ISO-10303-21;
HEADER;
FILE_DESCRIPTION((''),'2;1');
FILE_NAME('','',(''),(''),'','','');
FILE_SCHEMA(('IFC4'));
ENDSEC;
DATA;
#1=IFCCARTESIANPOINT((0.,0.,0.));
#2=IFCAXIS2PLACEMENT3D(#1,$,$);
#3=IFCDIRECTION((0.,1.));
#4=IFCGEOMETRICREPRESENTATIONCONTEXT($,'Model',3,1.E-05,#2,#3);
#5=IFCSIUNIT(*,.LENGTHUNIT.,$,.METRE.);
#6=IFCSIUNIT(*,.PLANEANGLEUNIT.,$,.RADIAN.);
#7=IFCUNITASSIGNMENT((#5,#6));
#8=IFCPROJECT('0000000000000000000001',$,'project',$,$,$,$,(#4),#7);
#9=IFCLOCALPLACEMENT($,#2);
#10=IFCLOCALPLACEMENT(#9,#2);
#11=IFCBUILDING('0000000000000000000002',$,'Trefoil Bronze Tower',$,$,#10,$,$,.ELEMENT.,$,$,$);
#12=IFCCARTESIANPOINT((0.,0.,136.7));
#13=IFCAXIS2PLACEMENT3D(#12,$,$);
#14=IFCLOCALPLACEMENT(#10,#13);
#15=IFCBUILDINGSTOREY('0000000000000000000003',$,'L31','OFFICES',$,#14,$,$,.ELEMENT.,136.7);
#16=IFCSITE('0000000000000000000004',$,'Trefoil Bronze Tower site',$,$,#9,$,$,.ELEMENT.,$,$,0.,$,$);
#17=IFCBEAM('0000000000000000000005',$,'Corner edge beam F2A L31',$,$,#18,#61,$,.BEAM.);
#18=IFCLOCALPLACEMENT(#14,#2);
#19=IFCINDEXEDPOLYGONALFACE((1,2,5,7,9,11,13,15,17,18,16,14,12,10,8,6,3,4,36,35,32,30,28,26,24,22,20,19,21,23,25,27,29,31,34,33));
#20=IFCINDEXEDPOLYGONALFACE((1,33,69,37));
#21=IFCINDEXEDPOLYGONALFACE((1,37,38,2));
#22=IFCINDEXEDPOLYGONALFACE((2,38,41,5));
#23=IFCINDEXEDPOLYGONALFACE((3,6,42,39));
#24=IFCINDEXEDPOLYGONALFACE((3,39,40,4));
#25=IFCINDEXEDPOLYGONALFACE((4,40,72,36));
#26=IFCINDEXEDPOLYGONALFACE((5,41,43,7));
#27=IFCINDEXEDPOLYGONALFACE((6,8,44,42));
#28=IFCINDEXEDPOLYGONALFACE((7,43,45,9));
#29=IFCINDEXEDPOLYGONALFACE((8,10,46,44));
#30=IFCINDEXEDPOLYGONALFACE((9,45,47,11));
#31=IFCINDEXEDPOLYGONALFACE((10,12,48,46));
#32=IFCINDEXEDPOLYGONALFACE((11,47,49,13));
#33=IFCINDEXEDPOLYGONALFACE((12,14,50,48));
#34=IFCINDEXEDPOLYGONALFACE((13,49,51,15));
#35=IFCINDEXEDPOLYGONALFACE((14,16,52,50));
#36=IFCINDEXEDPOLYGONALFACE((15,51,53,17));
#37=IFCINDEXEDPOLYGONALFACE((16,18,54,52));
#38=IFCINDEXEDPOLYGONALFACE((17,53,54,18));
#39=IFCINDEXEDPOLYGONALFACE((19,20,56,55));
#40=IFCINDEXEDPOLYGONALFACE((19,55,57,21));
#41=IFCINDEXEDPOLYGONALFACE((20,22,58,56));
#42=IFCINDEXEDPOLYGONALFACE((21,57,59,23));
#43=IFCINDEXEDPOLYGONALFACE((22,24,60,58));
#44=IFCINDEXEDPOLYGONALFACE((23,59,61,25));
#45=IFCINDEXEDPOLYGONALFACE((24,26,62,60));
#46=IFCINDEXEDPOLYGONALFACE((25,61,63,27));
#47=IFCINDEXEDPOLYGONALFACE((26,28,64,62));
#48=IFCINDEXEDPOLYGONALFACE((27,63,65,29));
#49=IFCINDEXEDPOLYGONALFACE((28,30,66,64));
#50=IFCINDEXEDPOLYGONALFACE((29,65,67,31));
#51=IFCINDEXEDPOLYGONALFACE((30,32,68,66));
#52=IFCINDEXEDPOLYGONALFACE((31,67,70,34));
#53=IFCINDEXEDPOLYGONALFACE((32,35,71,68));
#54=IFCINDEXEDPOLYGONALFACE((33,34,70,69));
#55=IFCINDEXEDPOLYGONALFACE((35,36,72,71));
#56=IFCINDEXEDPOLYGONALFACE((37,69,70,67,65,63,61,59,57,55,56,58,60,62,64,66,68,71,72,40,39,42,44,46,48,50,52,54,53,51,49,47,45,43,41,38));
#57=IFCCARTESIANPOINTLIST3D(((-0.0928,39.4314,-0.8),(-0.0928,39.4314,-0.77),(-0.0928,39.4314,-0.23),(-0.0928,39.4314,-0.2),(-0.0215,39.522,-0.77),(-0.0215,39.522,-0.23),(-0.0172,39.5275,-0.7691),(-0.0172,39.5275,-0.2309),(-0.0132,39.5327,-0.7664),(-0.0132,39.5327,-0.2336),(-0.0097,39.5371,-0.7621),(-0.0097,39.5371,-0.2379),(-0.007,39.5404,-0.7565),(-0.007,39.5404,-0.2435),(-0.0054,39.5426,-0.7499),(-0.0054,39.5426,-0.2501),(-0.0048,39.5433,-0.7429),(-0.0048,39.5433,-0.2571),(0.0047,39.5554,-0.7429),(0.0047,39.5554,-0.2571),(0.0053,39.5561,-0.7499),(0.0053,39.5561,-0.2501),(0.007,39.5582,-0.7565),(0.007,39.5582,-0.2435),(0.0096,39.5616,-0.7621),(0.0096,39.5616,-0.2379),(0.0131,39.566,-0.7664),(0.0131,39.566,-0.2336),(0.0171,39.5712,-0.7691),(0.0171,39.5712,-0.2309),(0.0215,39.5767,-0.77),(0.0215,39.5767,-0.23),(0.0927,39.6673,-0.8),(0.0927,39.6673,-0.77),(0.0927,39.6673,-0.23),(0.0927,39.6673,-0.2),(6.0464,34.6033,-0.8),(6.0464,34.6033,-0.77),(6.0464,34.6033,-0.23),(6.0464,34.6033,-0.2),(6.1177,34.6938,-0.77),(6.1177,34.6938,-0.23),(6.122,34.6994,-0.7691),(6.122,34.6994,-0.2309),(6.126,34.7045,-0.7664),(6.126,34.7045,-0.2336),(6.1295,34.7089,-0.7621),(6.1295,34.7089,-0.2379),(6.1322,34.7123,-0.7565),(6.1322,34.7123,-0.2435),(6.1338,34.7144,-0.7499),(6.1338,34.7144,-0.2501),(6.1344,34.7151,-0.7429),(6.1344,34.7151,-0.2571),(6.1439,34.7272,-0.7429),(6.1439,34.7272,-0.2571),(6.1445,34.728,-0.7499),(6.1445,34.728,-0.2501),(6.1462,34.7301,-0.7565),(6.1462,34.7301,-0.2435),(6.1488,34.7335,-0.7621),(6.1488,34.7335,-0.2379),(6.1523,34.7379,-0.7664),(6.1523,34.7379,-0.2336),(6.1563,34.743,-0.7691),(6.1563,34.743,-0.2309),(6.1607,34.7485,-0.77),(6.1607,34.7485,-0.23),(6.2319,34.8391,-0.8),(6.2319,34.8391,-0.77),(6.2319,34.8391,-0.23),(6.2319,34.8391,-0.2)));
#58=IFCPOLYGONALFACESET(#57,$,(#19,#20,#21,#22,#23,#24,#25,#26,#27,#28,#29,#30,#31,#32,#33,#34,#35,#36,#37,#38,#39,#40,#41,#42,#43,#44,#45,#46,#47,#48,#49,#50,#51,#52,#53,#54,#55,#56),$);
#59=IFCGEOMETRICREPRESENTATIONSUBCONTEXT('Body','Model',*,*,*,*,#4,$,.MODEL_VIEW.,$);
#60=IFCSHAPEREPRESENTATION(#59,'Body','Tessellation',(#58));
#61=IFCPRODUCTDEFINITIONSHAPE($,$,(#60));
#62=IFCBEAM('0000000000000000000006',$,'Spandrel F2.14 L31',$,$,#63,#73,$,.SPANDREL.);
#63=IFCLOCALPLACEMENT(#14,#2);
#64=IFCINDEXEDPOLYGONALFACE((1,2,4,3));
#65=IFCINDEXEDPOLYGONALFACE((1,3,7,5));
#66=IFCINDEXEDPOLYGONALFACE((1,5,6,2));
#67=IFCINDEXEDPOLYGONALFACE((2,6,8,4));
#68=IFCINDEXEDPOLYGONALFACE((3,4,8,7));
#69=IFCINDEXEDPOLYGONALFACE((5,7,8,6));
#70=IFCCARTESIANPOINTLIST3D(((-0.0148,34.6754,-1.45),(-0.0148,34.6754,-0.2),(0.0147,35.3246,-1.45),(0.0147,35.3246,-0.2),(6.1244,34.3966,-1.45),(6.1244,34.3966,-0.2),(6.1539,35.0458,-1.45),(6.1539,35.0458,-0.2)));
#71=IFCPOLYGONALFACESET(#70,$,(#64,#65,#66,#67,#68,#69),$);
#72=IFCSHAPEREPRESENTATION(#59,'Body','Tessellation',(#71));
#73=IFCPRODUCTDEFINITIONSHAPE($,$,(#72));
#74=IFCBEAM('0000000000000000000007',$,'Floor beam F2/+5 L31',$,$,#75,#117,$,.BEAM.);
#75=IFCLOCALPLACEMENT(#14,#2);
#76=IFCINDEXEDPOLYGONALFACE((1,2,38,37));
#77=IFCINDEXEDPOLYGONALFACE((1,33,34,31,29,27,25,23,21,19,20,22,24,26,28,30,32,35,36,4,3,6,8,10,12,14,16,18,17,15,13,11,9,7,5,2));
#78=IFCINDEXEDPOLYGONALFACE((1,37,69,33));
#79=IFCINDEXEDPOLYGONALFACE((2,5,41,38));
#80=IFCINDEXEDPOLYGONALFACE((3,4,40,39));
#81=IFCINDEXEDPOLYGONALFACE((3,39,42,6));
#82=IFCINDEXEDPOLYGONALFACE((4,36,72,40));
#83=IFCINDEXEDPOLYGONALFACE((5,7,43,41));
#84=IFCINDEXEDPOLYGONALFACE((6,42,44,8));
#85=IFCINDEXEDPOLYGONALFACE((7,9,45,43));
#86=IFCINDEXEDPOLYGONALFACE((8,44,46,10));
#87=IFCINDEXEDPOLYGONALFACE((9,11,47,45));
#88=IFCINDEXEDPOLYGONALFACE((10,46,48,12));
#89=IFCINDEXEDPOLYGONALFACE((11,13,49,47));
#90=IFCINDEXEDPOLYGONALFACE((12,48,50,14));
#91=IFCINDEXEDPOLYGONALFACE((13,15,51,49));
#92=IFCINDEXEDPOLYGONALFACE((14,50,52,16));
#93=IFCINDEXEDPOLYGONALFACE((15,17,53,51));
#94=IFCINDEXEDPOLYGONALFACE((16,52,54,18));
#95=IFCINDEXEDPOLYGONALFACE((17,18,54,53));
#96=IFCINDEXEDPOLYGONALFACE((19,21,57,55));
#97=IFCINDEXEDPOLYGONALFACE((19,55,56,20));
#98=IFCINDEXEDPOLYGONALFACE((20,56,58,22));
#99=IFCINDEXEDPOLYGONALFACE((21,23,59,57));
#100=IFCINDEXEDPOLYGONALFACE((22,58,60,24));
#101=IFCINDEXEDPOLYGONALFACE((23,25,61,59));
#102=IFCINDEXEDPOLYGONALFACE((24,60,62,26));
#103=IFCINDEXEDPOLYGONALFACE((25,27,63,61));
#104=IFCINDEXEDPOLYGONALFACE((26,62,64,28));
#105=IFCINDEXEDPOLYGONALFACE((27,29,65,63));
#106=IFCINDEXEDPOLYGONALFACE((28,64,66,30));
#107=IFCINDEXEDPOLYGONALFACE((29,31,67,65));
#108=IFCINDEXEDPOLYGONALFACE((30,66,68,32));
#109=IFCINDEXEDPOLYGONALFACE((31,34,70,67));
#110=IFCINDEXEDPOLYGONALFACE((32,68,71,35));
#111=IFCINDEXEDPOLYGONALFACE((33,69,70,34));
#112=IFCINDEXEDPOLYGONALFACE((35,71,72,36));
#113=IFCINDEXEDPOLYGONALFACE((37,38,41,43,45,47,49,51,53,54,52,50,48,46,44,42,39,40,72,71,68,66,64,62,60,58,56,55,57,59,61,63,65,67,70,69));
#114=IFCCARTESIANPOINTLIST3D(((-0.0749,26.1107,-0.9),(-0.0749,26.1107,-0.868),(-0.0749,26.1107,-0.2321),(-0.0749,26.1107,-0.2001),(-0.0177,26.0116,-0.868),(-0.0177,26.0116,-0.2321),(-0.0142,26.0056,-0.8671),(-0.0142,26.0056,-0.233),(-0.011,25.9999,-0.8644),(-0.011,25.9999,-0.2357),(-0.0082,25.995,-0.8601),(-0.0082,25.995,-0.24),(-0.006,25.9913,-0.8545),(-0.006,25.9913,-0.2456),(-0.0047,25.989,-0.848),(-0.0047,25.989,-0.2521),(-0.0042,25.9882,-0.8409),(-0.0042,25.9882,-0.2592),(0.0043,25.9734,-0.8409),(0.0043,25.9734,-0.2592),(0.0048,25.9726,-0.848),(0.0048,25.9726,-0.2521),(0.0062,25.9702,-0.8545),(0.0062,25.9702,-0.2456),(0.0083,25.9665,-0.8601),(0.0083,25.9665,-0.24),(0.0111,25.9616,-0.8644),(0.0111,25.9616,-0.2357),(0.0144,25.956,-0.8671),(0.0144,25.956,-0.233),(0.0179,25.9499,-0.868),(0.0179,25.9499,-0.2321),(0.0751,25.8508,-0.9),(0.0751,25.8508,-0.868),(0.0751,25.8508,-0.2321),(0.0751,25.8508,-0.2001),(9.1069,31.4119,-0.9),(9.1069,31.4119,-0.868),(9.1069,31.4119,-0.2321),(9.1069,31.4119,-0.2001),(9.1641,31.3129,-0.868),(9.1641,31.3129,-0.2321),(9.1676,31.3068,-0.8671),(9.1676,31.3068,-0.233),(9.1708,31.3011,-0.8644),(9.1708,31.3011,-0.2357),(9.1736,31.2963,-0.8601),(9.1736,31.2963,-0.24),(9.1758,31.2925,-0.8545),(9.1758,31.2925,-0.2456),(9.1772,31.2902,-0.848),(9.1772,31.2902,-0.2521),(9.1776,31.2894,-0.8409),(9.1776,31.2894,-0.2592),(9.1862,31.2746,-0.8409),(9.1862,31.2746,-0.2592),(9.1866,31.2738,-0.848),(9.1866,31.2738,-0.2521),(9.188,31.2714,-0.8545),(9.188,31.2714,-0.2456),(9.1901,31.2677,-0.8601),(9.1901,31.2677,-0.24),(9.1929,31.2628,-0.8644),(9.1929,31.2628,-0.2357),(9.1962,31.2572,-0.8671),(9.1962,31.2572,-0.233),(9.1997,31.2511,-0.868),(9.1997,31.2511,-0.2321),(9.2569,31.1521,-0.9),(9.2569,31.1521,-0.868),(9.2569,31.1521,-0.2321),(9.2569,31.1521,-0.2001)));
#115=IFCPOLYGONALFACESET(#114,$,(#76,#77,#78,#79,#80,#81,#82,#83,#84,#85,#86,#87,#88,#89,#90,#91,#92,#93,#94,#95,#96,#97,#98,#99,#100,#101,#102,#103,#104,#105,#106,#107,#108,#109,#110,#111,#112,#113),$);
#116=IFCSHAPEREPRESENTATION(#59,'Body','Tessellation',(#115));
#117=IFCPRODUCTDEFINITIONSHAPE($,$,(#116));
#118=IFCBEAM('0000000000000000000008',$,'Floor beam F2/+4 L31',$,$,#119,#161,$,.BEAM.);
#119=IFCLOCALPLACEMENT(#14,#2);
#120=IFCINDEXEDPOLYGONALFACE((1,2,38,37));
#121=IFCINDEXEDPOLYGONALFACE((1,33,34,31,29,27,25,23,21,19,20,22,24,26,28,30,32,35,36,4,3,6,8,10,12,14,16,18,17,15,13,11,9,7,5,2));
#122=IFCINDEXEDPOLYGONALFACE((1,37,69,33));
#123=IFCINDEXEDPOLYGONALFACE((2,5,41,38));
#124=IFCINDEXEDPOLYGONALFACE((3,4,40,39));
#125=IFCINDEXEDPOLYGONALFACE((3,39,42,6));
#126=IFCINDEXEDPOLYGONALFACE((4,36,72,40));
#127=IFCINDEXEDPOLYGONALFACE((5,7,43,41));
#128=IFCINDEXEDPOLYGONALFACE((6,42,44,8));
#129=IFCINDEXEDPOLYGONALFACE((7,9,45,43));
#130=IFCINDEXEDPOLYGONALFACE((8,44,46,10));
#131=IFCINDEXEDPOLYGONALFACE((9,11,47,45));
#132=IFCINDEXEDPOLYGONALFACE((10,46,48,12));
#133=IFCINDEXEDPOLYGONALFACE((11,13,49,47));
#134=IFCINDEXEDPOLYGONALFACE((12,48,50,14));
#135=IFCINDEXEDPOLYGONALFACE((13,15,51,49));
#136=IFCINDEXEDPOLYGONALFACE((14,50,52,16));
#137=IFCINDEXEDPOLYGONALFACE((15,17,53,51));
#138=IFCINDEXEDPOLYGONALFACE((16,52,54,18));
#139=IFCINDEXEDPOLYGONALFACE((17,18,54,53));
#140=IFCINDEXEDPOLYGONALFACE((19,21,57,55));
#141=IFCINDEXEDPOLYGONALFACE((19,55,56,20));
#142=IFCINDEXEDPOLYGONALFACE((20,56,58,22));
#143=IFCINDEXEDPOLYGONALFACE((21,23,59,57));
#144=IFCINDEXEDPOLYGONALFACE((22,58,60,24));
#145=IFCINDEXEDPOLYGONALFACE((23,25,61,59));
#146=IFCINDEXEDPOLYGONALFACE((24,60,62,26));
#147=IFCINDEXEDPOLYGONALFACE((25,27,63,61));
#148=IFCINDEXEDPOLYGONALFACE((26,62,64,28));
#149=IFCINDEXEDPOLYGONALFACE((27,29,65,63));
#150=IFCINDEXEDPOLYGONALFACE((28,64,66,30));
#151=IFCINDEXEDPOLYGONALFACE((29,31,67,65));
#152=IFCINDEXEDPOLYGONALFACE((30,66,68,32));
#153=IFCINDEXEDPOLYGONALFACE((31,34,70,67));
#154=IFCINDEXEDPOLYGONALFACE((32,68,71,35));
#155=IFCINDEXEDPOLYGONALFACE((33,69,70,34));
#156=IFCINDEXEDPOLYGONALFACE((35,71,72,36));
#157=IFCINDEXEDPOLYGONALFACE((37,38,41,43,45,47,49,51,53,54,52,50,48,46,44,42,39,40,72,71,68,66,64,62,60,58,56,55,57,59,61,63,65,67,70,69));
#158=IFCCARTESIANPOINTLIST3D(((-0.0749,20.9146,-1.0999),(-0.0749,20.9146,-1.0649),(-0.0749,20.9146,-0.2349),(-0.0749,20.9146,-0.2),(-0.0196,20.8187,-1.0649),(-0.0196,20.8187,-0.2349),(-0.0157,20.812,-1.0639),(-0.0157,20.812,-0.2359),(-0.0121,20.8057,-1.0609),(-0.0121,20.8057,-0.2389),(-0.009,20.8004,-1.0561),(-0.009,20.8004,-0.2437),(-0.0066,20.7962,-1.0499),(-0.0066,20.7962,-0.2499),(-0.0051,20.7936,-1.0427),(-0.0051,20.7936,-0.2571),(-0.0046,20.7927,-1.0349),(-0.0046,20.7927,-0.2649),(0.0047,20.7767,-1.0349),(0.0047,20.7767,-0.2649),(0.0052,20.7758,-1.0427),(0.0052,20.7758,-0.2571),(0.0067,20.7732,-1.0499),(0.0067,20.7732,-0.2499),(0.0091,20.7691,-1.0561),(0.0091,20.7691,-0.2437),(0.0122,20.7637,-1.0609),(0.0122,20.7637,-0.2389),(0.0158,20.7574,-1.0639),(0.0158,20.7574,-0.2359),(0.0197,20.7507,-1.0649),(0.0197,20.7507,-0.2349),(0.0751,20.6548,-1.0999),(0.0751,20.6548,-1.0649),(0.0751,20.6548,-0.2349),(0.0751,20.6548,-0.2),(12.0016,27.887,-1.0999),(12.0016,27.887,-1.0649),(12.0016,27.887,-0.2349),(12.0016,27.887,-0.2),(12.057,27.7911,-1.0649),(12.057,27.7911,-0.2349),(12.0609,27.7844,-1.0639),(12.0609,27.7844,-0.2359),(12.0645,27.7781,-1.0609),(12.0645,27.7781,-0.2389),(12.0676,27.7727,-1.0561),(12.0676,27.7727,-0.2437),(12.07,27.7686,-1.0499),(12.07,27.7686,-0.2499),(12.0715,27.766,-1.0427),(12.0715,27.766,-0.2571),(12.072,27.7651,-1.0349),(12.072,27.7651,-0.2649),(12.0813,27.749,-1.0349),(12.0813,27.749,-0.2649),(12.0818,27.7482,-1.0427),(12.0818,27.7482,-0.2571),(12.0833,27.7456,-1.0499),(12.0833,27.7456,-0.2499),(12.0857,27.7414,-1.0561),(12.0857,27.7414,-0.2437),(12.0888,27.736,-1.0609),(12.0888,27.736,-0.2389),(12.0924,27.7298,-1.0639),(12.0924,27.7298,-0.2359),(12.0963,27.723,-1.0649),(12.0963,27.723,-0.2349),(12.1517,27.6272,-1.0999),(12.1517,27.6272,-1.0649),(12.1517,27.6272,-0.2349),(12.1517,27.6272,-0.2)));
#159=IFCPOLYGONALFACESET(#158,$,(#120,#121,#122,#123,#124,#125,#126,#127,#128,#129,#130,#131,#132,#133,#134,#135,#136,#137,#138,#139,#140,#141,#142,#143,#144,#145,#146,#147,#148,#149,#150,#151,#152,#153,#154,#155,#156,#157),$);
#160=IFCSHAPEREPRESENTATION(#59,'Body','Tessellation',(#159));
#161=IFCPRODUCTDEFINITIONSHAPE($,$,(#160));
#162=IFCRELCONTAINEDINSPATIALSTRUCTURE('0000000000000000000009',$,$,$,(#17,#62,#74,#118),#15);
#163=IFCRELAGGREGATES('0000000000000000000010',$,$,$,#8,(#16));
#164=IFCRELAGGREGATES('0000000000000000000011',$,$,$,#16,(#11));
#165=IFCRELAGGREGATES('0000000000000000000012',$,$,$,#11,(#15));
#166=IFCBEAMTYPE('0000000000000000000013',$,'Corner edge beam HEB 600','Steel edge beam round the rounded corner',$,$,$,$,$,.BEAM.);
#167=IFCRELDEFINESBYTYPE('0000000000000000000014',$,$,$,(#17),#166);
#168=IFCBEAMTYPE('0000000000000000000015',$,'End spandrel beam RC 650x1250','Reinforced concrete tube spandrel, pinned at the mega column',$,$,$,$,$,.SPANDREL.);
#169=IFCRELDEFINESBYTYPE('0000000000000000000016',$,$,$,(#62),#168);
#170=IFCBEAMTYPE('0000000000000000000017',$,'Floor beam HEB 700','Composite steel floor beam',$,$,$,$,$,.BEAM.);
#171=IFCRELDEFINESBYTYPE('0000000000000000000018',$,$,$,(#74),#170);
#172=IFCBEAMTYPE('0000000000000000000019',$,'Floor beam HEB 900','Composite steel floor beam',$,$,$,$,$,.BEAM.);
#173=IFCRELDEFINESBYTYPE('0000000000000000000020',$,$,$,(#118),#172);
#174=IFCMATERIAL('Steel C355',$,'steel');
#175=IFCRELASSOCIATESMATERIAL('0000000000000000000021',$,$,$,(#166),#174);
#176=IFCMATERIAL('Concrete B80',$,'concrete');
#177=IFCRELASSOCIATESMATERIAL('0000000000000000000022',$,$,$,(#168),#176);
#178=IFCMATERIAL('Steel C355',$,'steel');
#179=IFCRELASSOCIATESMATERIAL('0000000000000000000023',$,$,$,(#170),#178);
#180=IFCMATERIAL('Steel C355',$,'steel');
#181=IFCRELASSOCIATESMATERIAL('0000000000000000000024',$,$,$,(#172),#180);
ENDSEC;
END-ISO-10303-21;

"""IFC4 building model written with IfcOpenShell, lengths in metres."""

from ifc_helpers import new_model, si_unit, direction, frame, origin, origin_2d, place, context, subcontext, project, spatial, rectangle, i_section, extrude, material, material_profile, profile_set, type_object, element, save


model = new_model("IFC4")

# Units and contexts
model_context = context("Model", 3, precision=1e-05, world=origin(), true_north=direction((0.0, 1.0)))
body_context = subcontext(model_context, "Body", "Model", "MODEL_VIEW")
ifc_project = project(units=[si_unit("LENGTHUNIT", "METRE"), si_unit("PLANEANGLEUNIT", "RADIAN")], contexts=[model_context])

# Site, building, storey
site_placement = place(None, origin())
site = spatial("IfcSite", under=ifc_project, at=site_placement, Name="Trefoil Bronze Tower site", CompositionType="ELEMENT", RefElevation=0.0)
building_placement = place(site_placement, origin())
building = spatial("IfcBuilding", under=site, at=building_placement, Name="Trefoil Bronze Tower", CompositionType="ELEMENT")
storey_placement = place(building_placement, frame((0.0, 0.0, 136.7)))
storey = spatial("IfcBuildingStorey", under=building, at=storey_placement, Name="L31", Description="OFFICES", CompositionType="ELEMENT", Elevation=136.7)

# Beams
ifc_material_1 = material(Name="Steel C355", Category="steel")
ifc_material_profile_1 = material_profile(ifc_material_1, i_section(OverallWidth=0.3, OverallDepth=0.6001, WebThickness=0.0154, FlangeThickness=0.03, FilletRadius=0.0271, at=origin_2d()), Name="HEB 600")
ifc_profile_set_1 = profile_set([ifc_material_profile_1], Name="Steel C355")
beam_type_1 = type_object("IfcBeamType", Name="Corner edge beam HEB 600", Description="Steel edge beam round the rounded corner", PredefinedType="BEAM", material=ifc_profile_set_1)
beam_1_placement = place(storey_placement, frame((6.1392, 34.7212, -0.5), z_axis=(-0.786038, 0.618178, 0.0), x_axis=(-0.618178, -0.786038, 0.0)))
element("IfcBeam", 1, at=beam_1_placement, inside=storey, type_object=beam_type_1, Name="Corner edge beam F2A L31", PredefinedType="BEAM", context=body_context, shape_type="SweptSolid", body=[
    extrude(i_section(OverallWidth=0.3, OverallDepth=0.6001, WebThickness=0.0154, FlangeThickness=0.03, FilletRadius=0.0271, at=origin_2d()), origin(), (0.0, 0.0, 1.0), 7.8103),
])
ifc_material_2 = material(Name="Concrete B80", Category="concrete")
ifc_material_profile_2 = material_profile(ifc_material_2, rectangle(XDim=0.6499, YDim=1.25, at=origin_2d()), Name="RC 650x1250")
ifc_profile_set_2 = profile_set([ifc_material_profile_2], Name="Concrete B80")
beam_type_2 = type_object("IfcBeamType", Name="End spandrel beam RC 650x1250", Description="Reinforced concrete tube spandrel, pinned at the mega column", PredefinedType="SPANDREL", material=ifc_profile_set_2)
beam_2_placement = place(storey_placement, frame((6.1392, 34.7212, -0.825), z_axis=(-0.99897, 0.045368, 0.0), x_axis=(-0.045368, -0.99897, 0.0)))
element("IfcBeam", 2, at=beam_2_placement, inside=storey, type_object=beam_type_2, Name="Spandrel F2.14 L31", PredefinedType="SPANDREL", context=body_context, shape_type="SweptSolid", body=[
    extrude(rectangle(XDim=0.6499, YDim=1.25, at=origin_2d()), origin(), (0.0, 0.0, 1.0), 6.1455),
])
ifc_material_3 = material(Name="Steel C355", Category="steel")
ifc_material_profile_3 = material_profile(ifc_material_3, i_section(OverallWidth=0.3, OverallDepth=0.7, WebThickness=0.0171, FlangeThickness=0.032, FilletRadius=0.0271, at=origin_2d()), Name="HEB 700")
ifc_profile_set_3 = profile_set([ifc_material_profile_3], Name="Steel C355")
beam_type_3 = type_object("IfcBeamType", Name="Floor beam HEB 700", Description="Composite steel floor beam", PredefinedType="BEAM", material=ifc_profile_set_3)
beam_3_placement = place(storey_placement, frame((9.1819, 31.282, -0.55), z_axis=(-0.866021, -0.500007, 0.0), x_axis=(0.500007, -0.866021, 0.0)))
element("IfcBeam", 3, at=beam_3_placement, inside=storey, type_object=beam_type_3, Name="Floor beam F2/+5 L31", PredefinedType="BEAM", context=body_context, shape_type="SweptSolid", body=[
    extrude(i_section(OverallWidth=0.3, OverallDepth=0.7, WebThickness=0.0171, FlangeThickness=0.032, FilletRadius=0.0271, at=origin_2d()), origin(), (0.0, 0.0, 1.0), 10.6023),
])
ifc_material_4 = material(Name="Steel C355", Category="steel")
ifc_material_profile_4 = material_profile(ifc_material_4, i_section(OverallWidth=0.3, OverallDepth=0.8999, WebThickness=0.0186, FlangeThickness=0.0349, FilletRadius=0.03, at=origin_2d()), Name="HEB 900")
ifc_profile_set_4 = profile_set([ifc_material_profile_4], Name="Steel C355")
beam_type_4 = type_object("IfcBeamType", Name="Floor beam HEB 900", Description="Composite steel floor beam", PredefinedType="BEAM", material=ifc_profile_set_4)
beam_4_placement = place(storey_placement, frame((12.0767, 27.7571, -0.6499), z_axis=(-0.866027, -0.499997, 0.0), x_axis=(0.499997, -0.866027, 0.0)))
element("IfcBeam", 4, at=beam_4_placement, inside=storey, type_object=beam_type_4, Name="Floor beam F2/+4 L31", PredefinedType="BEAM", context=body_context, shape_type="SweptSolid", body=[
    extrude(i_section(OverallWidth=0.3, OverallDepth=0.8999, WebThickness=0.0186, FlangeThickness=0.0349, FilletRadius=0.03, at=origin_2d()), origin(), (0.0, 0.0, 1.0), 13.9448),
])

save(model, "model.ifc")
